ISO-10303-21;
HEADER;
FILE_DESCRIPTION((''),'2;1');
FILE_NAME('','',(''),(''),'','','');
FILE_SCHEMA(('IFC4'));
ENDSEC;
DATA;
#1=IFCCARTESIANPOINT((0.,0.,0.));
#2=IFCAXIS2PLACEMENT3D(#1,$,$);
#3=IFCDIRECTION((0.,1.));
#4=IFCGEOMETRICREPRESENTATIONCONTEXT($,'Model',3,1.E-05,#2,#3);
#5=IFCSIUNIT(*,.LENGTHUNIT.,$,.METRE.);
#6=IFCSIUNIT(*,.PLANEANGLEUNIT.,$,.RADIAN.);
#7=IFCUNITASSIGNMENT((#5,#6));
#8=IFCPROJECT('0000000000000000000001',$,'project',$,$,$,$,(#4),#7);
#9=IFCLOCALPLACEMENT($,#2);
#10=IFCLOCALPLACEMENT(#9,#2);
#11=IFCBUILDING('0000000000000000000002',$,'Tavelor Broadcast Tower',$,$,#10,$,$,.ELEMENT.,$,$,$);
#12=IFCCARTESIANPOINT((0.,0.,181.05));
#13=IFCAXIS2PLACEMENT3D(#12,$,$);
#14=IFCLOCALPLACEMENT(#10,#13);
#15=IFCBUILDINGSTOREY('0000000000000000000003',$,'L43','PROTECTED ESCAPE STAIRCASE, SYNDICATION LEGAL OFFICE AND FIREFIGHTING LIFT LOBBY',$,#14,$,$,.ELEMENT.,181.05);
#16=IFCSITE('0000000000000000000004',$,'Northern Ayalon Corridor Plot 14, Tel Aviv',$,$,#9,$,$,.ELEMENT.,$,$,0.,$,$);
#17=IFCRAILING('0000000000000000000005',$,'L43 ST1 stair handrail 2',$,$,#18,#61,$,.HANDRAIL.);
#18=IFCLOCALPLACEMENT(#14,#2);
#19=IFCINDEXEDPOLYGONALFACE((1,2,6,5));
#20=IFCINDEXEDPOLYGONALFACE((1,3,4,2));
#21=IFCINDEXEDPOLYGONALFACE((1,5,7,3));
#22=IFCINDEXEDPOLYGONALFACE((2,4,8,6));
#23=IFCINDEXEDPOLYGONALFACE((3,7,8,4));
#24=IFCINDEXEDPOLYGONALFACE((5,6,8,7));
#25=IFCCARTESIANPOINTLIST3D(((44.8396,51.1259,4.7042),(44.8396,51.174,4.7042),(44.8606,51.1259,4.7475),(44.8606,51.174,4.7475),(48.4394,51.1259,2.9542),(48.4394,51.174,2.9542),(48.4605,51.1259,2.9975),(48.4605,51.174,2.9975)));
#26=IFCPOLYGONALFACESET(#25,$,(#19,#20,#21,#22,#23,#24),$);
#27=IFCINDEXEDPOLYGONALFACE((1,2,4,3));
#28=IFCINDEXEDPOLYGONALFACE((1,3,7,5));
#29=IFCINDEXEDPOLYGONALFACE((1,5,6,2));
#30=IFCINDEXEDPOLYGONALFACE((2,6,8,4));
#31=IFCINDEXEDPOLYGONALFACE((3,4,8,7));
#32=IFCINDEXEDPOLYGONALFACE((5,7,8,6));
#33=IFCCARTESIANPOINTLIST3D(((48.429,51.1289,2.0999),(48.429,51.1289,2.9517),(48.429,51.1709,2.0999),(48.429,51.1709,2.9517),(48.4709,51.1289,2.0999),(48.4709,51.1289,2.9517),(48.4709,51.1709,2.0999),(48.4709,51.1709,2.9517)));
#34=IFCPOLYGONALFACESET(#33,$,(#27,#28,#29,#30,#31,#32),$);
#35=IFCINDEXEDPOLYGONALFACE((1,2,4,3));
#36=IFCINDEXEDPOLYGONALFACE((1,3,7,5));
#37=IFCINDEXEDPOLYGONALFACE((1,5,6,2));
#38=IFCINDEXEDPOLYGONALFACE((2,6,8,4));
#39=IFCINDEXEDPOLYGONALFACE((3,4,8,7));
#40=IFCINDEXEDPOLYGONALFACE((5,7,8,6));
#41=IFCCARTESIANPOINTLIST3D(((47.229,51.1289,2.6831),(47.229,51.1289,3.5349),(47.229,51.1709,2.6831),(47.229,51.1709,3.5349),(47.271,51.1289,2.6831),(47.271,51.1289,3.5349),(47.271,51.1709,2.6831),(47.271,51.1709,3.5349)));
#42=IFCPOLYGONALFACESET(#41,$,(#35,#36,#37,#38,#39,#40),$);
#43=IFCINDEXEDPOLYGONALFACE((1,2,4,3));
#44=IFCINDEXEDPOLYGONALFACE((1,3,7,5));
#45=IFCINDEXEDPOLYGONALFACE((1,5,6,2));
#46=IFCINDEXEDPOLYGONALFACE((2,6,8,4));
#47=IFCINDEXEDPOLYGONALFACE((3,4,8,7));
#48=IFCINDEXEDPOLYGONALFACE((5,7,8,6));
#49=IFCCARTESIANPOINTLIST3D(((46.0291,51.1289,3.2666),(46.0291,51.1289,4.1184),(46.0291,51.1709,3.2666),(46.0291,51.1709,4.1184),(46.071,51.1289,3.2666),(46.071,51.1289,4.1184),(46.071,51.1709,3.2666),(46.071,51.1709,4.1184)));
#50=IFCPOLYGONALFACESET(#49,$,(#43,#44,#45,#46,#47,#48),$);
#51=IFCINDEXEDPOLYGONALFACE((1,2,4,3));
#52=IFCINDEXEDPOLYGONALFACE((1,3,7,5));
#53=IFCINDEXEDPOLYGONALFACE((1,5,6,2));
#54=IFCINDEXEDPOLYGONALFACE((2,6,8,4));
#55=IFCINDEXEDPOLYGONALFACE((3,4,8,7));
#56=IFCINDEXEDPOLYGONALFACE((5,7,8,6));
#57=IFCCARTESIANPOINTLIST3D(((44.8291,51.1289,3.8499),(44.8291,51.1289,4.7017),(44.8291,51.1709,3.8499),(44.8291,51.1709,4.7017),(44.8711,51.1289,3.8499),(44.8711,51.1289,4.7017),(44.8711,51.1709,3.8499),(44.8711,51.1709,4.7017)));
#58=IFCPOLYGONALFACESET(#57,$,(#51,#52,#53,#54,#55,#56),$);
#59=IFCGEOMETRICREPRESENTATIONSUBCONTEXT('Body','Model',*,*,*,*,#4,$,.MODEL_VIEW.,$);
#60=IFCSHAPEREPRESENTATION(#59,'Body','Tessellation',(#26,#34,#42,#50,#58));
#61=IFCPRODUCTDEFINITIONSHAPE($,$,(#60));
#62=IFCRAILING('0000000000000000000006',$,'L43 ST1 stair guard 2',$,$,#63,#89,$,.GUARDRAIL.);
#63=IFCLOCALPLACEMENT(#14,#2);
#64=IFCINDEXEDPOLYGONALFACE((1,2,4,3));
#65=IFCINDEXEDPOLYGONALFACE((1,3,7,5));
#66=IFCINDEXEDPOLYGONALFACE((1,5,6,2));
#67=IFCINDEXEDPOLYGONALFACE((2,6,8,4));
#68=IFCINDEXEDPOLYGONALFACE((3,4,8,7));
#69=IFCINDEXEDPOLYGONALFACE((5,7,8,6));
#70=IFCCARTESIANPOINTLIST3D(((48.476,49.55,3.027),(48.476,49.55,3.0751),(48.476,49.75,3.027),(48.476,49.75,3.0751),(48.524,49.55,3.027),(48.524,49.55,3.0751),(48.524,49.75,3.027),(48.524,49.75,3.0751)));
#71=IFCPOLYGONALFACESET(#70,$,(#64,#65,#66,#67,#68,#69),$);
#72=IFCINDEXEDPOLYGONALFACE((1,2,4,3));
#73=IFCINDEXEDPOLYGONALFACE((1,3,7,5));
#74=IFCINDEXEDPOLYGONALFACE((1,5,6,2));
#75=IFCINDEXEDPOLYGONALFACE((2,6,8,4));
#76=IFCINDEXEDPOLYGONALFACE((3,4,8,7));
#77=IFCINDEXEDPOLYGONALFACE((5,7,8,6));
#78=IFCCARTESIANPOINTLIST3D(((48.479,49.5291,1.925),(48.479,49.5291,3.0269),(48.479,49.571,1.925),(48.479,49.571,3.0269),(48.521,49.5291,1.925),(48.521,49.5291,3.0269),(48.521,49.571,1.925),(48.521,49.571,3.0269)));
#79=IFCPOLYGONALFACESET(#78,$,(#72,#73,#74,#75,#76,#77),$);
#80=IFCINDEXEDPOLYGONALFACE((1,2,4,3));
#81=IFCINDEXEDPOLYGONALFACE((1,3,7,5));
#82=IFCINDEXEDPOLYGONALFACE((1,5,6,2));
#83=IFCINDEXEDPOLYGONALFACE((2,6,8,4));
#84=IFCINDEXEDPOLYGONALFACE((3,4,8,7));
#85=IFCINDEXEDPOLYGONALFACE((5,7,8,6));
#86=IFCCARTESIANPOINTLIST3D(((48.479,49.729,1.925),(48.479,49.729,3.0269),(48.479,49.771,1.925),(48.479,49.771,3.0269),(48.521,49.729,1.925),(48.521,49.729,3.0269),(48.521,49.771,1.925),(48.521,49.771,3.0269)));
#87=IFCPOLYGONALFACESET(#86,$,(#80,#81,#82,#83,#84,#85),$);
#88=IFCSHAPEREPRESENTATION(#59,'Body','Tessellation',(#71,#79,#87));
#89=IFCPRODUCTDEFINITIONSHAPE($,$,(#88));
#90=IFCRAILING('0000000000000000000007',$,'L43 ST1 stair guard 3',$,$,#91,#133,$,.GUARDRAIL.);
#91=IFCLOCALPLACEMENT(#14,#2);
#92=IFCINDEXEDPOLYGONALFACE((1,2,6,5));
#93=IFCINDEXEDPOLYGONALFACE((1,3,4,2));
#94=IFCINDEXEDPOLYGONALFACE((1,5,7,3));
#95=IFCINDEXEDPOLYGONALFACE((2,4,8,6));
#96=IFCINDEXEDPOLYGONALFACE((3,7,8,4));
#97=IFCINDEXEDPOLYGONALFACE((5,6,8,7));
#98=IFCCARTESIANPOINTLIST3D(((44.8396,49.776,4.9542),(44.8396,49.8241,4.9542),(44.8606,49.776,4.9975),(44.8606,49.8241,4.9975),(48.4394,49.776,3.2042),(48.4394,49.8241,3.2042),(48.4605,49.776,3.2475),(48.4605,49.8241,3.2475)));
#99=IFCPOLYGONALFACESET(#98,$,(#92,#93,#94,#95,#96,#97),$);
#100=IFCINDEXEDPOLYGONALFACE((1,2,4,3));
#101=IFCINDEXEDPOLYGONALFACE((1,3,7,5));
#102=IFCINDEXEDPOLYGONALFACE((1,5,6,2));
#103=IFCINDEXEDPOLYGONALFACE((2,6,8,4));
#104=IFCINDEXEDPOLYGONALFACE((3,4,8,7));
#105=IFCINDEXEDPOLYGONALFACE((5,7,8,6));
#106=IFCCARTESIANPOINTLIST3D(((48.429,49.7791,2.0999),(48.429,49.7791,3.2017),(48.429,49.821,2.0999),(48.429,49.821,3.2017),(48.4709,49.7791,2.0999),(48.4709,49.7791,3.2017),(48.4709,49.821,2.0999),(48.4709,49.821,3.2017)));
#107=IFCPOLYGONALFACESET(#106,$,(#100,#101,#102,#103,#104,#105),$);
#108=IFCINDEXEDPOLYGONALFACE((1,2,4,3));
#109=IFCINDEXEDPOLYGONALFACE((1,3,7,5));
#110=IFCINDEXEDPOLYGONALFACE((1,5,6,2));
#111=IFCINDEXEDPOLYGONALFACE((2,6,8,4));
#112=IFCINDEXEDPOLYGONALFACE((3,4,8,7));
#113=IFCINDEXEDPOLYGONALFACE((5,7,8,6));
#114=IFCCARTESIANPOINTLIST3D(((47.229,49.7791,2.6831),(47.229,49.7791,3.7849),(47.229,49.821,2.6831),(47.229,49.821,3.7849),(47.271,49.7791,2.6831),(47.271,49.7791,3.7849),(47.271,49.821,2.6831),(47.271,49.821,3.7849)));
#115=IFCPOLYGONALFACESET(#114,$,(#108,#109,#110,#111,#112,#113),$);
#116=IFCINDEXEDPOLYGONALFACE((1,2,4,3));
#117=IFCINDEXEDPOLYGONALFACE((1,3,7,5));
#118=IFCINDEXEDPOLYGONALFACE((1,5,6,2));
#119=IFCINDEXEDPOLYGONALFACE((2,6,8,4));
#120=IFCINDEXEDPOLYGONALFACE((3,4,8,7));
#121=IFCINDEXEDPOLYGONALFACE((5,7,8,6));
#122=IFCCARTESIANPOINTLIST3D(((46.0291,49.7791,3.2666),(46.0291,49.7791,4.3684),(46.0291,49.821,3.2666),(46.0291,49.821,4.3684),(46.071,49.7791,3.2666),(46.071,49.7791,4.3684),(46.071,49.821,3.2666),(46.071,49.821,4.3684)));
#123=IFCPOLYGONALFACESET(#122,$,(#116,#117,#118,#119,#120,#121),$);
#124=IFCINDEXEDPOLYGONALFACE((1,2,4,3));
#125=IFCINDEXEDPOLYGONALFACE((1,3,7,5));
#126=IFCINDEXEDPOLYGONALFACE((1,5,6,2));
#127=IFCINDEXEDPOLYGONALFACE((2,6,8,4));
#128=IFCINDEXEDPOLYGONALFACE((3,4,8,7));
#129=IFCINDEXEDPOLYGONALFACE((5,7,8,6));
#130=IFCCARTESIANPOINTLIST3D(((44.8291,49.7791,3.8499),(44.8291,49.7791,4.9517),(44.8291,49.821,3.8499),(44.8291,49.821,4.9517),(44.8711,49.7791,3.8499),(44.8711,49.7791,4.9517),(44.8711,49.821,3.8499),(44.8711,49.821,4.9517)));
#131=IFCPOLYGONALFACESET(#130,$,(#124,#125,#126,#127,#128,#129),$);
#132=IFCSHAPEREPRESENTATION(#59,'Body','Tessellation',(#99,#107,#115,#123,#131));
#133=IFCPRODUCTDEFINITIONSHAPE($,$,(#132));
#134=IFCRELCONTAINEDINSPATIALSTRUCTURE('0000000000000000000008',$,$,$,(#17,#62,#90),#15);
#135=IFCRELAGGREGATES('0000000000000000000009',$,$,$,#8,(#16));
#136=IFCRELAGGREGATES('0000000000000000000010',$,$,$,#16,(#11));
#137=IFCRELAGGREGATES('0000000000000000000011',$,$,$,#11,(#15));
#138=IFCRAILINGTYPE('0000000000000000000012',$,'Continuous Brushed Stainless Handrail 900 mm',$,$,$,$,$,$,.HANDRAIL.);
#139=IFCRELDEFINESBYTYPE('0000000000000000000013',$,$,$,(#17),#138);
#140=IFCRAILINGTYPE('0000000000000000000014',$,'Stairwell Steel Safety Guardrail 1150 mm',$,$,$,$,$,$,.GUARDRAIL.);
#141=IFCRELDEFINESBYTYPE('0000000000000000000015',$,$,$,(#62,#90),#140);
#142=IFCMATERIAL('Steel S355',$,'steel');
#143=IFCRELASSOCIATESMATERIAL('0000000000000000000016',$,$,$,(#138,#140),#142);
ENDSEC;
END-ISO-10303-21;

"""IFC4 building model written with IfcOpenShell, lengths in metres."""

from ifc_helpers import new_model, si_unit, direction, frame, origin, origin_2d, place, context, subcontext, project, spatial, rectangle, extrude, material, type_object, element, save


model = new_model("IFC4")

# Units and contexts
model_context = context("Model", 3, precision=1e-05, world=origin(), true_north=direction((0.0, 1.0)))
body_context = subcontext(model_context, "Body", "Model", "MODEL_VIEW")
ifc_project = project(units=[si_unit("LENGTHUNIT", "METRE"), si_unit("PLANEANGLEUNIT", "RADIAN")], contexts=[model_context])

# Site, building, storey
site_placement = place(None, origin())
site = spatial("IfcSite", under=ifc_project, at=site_placement, Name="Northern Ayalon Corridor Plot 14, Tel Aviv", CompositionType="ELEMENT", RefElevation=0.0)
building_placement = place(site_placement, origin())
building = spatial("IfcBuilding", under=site, at=building_placement, Name="Tavelor Broadcast Tower", CompositionType="ELEMENT")
storey_placement = place(building_placement, frame((0.0, 0.0, 181.05)))
storey = spatial("IfcBuildingStorey", under=building, at=storey_placement, Name="L43", Description="PROTECTED ESCAPE STAIRCASE, SYNDICATION LEGAL OFFICE AND FIREFIGHTING LIFT LOBBY", CompositionType="ELEMENT", Elevation=181.05)

# Shared definitions
ifc_material_1 = material(Name="Steel S355", Category="steel")

# Railings
railing_type_1 = type_object("IfcRailingType", Name="Continuous Brushed Stainless Handrail 900 mm", PredefinedType="HANDRAIL", material=ifc_material_1)
railing_1_placement = place(storey_placement, frame((48.45, 51.1499, 2.0999)))
element("IfcRailing", 1, at=railing_1_placement, inside=storey, type_object=railing_type_1, Name="L43 ST1 stair handrail 2", PredefinedType="HANDRAIL", context=body_context, shape_type="SweptSolid", body=[
    extrude(rectangle(XDim=0.0481, YDim=0.0481, at=origin_2d()), frame((0.0, 0.0, 0.876), z_axis=(-0.899361, 0.0, 0.437207), x_axis=(0.0, -1.0, 0.0)), (0.0, 0.0, 1.0), 4.0027),
    extrude(rectangle(XDim=0.042, YDim=0.042, at=origin_2d()), origin(), (0.0, 0.0, 1.0), 0.8518),
    extrude(rectangle(XDim=0.042, YDim=0.042, at=origin_2d()), frame((-1.2, 0.0, 0.5833)), (0.0, 0.0, 1.0), 0.8518),
    extrude(rectangle(XDim=0.042, YDim=0.042, at=origin_2d()), frame((-2.3999, 0.0, 1.1667)), (0.0, 0.0, 1.0), 0.8518),
    extrude(rectangle(XDim=0.042, YDim=0.042, at=origin_2d()), frame((-3.5999, 0.0, 1.75)), (0.0, 0.0, 1.0), 0.8518),
])
railing_type_2 = type_object("IfcRailingType", Name="Stairwell Steel Safety Guardrail 1150 mm", PredefinedType="GUARDRAIL", material=ifc_material_1)
railing_2_placement = place(storey_placement, frame((48.5, 49.55, 1.925)))
element("IfcRailing", 2, at=railing_2_placement, inside=storey, type_object=railing_type_2, Name="L43 ST1 stair guard 2", PredefinedType="GUARDRAIL", context=body_context, shape_type="SweptSolid", body=[
    extrude(rectangle(XDim=0.0481, YDim=0.0481, at=origin_2d()), frame((0.0, 0.0, 1.126), z_axis=(0.0, 1.0, 0.0), x_axis=(-1.0, 0.0, 0.0)), (0.0, 0.0, 1.0), 0.2),
    extrude(rectangle(XDim=0.042, YDim=0.042, at=origin_2d()), origin(), (0.0, 0.0, 1.0), 1.1018),
    extrude(rectangle(XDim=0.042, YDim=0.042, at=origin_2d()), frame((0.0, 0.2, 0.0)), (0.0, 0.0, 1.0), 1.1018),
])
railing_3_placement = place(storey_placement, frame((48.45, 49.8, 2.0999)))
element("IfcRailing", 3, at=railing_3_placement, inside=storey, type_object=railing_type_2, Name="L43 ST1 stair guard 3", PredefinedType="GUARDRAIL", context=body_context, shape_type="SweptSolid", body=[
    extrude(rectangle(XDim=0.0481, YDim=0.0481, at=origin_2d()), frame((0.0, 0.0, 1.126), z_axis=(-0.899361, 0.0, 0.437207), x_axis=(0.0, -1.0, 0.0)), (0.0, 0.0, 1.0), 4.0027),
    extrude(rectangle(XDim=0.042, YDim=0.042, at=origin_2d()), origin(), (0.0, 0.0, 1.0), 1.1018),
    extrude(rectangle(XDim=0.042, YDim=0.042, at=origin_2d()), frame((-1.2, 0.0, 0.5833)), (0.0, 0.0, 1.0), 1.1018),
    extrude(rectangle(XDim=0.042, YDim=0.042, at=origin_2d()), frame((-2.3999, 0.0, 1.1667)), (0.0, 0.0, 1.0), 1.1018),
    extrude(rectangle(XDim=0.042, YDim=0.042, at=origin_2d()), frame((-3.5999, 0.0, 1.75)), (0.0, 0.0, 1.0), 1.1018),
])

save(model, "model.ifc")
